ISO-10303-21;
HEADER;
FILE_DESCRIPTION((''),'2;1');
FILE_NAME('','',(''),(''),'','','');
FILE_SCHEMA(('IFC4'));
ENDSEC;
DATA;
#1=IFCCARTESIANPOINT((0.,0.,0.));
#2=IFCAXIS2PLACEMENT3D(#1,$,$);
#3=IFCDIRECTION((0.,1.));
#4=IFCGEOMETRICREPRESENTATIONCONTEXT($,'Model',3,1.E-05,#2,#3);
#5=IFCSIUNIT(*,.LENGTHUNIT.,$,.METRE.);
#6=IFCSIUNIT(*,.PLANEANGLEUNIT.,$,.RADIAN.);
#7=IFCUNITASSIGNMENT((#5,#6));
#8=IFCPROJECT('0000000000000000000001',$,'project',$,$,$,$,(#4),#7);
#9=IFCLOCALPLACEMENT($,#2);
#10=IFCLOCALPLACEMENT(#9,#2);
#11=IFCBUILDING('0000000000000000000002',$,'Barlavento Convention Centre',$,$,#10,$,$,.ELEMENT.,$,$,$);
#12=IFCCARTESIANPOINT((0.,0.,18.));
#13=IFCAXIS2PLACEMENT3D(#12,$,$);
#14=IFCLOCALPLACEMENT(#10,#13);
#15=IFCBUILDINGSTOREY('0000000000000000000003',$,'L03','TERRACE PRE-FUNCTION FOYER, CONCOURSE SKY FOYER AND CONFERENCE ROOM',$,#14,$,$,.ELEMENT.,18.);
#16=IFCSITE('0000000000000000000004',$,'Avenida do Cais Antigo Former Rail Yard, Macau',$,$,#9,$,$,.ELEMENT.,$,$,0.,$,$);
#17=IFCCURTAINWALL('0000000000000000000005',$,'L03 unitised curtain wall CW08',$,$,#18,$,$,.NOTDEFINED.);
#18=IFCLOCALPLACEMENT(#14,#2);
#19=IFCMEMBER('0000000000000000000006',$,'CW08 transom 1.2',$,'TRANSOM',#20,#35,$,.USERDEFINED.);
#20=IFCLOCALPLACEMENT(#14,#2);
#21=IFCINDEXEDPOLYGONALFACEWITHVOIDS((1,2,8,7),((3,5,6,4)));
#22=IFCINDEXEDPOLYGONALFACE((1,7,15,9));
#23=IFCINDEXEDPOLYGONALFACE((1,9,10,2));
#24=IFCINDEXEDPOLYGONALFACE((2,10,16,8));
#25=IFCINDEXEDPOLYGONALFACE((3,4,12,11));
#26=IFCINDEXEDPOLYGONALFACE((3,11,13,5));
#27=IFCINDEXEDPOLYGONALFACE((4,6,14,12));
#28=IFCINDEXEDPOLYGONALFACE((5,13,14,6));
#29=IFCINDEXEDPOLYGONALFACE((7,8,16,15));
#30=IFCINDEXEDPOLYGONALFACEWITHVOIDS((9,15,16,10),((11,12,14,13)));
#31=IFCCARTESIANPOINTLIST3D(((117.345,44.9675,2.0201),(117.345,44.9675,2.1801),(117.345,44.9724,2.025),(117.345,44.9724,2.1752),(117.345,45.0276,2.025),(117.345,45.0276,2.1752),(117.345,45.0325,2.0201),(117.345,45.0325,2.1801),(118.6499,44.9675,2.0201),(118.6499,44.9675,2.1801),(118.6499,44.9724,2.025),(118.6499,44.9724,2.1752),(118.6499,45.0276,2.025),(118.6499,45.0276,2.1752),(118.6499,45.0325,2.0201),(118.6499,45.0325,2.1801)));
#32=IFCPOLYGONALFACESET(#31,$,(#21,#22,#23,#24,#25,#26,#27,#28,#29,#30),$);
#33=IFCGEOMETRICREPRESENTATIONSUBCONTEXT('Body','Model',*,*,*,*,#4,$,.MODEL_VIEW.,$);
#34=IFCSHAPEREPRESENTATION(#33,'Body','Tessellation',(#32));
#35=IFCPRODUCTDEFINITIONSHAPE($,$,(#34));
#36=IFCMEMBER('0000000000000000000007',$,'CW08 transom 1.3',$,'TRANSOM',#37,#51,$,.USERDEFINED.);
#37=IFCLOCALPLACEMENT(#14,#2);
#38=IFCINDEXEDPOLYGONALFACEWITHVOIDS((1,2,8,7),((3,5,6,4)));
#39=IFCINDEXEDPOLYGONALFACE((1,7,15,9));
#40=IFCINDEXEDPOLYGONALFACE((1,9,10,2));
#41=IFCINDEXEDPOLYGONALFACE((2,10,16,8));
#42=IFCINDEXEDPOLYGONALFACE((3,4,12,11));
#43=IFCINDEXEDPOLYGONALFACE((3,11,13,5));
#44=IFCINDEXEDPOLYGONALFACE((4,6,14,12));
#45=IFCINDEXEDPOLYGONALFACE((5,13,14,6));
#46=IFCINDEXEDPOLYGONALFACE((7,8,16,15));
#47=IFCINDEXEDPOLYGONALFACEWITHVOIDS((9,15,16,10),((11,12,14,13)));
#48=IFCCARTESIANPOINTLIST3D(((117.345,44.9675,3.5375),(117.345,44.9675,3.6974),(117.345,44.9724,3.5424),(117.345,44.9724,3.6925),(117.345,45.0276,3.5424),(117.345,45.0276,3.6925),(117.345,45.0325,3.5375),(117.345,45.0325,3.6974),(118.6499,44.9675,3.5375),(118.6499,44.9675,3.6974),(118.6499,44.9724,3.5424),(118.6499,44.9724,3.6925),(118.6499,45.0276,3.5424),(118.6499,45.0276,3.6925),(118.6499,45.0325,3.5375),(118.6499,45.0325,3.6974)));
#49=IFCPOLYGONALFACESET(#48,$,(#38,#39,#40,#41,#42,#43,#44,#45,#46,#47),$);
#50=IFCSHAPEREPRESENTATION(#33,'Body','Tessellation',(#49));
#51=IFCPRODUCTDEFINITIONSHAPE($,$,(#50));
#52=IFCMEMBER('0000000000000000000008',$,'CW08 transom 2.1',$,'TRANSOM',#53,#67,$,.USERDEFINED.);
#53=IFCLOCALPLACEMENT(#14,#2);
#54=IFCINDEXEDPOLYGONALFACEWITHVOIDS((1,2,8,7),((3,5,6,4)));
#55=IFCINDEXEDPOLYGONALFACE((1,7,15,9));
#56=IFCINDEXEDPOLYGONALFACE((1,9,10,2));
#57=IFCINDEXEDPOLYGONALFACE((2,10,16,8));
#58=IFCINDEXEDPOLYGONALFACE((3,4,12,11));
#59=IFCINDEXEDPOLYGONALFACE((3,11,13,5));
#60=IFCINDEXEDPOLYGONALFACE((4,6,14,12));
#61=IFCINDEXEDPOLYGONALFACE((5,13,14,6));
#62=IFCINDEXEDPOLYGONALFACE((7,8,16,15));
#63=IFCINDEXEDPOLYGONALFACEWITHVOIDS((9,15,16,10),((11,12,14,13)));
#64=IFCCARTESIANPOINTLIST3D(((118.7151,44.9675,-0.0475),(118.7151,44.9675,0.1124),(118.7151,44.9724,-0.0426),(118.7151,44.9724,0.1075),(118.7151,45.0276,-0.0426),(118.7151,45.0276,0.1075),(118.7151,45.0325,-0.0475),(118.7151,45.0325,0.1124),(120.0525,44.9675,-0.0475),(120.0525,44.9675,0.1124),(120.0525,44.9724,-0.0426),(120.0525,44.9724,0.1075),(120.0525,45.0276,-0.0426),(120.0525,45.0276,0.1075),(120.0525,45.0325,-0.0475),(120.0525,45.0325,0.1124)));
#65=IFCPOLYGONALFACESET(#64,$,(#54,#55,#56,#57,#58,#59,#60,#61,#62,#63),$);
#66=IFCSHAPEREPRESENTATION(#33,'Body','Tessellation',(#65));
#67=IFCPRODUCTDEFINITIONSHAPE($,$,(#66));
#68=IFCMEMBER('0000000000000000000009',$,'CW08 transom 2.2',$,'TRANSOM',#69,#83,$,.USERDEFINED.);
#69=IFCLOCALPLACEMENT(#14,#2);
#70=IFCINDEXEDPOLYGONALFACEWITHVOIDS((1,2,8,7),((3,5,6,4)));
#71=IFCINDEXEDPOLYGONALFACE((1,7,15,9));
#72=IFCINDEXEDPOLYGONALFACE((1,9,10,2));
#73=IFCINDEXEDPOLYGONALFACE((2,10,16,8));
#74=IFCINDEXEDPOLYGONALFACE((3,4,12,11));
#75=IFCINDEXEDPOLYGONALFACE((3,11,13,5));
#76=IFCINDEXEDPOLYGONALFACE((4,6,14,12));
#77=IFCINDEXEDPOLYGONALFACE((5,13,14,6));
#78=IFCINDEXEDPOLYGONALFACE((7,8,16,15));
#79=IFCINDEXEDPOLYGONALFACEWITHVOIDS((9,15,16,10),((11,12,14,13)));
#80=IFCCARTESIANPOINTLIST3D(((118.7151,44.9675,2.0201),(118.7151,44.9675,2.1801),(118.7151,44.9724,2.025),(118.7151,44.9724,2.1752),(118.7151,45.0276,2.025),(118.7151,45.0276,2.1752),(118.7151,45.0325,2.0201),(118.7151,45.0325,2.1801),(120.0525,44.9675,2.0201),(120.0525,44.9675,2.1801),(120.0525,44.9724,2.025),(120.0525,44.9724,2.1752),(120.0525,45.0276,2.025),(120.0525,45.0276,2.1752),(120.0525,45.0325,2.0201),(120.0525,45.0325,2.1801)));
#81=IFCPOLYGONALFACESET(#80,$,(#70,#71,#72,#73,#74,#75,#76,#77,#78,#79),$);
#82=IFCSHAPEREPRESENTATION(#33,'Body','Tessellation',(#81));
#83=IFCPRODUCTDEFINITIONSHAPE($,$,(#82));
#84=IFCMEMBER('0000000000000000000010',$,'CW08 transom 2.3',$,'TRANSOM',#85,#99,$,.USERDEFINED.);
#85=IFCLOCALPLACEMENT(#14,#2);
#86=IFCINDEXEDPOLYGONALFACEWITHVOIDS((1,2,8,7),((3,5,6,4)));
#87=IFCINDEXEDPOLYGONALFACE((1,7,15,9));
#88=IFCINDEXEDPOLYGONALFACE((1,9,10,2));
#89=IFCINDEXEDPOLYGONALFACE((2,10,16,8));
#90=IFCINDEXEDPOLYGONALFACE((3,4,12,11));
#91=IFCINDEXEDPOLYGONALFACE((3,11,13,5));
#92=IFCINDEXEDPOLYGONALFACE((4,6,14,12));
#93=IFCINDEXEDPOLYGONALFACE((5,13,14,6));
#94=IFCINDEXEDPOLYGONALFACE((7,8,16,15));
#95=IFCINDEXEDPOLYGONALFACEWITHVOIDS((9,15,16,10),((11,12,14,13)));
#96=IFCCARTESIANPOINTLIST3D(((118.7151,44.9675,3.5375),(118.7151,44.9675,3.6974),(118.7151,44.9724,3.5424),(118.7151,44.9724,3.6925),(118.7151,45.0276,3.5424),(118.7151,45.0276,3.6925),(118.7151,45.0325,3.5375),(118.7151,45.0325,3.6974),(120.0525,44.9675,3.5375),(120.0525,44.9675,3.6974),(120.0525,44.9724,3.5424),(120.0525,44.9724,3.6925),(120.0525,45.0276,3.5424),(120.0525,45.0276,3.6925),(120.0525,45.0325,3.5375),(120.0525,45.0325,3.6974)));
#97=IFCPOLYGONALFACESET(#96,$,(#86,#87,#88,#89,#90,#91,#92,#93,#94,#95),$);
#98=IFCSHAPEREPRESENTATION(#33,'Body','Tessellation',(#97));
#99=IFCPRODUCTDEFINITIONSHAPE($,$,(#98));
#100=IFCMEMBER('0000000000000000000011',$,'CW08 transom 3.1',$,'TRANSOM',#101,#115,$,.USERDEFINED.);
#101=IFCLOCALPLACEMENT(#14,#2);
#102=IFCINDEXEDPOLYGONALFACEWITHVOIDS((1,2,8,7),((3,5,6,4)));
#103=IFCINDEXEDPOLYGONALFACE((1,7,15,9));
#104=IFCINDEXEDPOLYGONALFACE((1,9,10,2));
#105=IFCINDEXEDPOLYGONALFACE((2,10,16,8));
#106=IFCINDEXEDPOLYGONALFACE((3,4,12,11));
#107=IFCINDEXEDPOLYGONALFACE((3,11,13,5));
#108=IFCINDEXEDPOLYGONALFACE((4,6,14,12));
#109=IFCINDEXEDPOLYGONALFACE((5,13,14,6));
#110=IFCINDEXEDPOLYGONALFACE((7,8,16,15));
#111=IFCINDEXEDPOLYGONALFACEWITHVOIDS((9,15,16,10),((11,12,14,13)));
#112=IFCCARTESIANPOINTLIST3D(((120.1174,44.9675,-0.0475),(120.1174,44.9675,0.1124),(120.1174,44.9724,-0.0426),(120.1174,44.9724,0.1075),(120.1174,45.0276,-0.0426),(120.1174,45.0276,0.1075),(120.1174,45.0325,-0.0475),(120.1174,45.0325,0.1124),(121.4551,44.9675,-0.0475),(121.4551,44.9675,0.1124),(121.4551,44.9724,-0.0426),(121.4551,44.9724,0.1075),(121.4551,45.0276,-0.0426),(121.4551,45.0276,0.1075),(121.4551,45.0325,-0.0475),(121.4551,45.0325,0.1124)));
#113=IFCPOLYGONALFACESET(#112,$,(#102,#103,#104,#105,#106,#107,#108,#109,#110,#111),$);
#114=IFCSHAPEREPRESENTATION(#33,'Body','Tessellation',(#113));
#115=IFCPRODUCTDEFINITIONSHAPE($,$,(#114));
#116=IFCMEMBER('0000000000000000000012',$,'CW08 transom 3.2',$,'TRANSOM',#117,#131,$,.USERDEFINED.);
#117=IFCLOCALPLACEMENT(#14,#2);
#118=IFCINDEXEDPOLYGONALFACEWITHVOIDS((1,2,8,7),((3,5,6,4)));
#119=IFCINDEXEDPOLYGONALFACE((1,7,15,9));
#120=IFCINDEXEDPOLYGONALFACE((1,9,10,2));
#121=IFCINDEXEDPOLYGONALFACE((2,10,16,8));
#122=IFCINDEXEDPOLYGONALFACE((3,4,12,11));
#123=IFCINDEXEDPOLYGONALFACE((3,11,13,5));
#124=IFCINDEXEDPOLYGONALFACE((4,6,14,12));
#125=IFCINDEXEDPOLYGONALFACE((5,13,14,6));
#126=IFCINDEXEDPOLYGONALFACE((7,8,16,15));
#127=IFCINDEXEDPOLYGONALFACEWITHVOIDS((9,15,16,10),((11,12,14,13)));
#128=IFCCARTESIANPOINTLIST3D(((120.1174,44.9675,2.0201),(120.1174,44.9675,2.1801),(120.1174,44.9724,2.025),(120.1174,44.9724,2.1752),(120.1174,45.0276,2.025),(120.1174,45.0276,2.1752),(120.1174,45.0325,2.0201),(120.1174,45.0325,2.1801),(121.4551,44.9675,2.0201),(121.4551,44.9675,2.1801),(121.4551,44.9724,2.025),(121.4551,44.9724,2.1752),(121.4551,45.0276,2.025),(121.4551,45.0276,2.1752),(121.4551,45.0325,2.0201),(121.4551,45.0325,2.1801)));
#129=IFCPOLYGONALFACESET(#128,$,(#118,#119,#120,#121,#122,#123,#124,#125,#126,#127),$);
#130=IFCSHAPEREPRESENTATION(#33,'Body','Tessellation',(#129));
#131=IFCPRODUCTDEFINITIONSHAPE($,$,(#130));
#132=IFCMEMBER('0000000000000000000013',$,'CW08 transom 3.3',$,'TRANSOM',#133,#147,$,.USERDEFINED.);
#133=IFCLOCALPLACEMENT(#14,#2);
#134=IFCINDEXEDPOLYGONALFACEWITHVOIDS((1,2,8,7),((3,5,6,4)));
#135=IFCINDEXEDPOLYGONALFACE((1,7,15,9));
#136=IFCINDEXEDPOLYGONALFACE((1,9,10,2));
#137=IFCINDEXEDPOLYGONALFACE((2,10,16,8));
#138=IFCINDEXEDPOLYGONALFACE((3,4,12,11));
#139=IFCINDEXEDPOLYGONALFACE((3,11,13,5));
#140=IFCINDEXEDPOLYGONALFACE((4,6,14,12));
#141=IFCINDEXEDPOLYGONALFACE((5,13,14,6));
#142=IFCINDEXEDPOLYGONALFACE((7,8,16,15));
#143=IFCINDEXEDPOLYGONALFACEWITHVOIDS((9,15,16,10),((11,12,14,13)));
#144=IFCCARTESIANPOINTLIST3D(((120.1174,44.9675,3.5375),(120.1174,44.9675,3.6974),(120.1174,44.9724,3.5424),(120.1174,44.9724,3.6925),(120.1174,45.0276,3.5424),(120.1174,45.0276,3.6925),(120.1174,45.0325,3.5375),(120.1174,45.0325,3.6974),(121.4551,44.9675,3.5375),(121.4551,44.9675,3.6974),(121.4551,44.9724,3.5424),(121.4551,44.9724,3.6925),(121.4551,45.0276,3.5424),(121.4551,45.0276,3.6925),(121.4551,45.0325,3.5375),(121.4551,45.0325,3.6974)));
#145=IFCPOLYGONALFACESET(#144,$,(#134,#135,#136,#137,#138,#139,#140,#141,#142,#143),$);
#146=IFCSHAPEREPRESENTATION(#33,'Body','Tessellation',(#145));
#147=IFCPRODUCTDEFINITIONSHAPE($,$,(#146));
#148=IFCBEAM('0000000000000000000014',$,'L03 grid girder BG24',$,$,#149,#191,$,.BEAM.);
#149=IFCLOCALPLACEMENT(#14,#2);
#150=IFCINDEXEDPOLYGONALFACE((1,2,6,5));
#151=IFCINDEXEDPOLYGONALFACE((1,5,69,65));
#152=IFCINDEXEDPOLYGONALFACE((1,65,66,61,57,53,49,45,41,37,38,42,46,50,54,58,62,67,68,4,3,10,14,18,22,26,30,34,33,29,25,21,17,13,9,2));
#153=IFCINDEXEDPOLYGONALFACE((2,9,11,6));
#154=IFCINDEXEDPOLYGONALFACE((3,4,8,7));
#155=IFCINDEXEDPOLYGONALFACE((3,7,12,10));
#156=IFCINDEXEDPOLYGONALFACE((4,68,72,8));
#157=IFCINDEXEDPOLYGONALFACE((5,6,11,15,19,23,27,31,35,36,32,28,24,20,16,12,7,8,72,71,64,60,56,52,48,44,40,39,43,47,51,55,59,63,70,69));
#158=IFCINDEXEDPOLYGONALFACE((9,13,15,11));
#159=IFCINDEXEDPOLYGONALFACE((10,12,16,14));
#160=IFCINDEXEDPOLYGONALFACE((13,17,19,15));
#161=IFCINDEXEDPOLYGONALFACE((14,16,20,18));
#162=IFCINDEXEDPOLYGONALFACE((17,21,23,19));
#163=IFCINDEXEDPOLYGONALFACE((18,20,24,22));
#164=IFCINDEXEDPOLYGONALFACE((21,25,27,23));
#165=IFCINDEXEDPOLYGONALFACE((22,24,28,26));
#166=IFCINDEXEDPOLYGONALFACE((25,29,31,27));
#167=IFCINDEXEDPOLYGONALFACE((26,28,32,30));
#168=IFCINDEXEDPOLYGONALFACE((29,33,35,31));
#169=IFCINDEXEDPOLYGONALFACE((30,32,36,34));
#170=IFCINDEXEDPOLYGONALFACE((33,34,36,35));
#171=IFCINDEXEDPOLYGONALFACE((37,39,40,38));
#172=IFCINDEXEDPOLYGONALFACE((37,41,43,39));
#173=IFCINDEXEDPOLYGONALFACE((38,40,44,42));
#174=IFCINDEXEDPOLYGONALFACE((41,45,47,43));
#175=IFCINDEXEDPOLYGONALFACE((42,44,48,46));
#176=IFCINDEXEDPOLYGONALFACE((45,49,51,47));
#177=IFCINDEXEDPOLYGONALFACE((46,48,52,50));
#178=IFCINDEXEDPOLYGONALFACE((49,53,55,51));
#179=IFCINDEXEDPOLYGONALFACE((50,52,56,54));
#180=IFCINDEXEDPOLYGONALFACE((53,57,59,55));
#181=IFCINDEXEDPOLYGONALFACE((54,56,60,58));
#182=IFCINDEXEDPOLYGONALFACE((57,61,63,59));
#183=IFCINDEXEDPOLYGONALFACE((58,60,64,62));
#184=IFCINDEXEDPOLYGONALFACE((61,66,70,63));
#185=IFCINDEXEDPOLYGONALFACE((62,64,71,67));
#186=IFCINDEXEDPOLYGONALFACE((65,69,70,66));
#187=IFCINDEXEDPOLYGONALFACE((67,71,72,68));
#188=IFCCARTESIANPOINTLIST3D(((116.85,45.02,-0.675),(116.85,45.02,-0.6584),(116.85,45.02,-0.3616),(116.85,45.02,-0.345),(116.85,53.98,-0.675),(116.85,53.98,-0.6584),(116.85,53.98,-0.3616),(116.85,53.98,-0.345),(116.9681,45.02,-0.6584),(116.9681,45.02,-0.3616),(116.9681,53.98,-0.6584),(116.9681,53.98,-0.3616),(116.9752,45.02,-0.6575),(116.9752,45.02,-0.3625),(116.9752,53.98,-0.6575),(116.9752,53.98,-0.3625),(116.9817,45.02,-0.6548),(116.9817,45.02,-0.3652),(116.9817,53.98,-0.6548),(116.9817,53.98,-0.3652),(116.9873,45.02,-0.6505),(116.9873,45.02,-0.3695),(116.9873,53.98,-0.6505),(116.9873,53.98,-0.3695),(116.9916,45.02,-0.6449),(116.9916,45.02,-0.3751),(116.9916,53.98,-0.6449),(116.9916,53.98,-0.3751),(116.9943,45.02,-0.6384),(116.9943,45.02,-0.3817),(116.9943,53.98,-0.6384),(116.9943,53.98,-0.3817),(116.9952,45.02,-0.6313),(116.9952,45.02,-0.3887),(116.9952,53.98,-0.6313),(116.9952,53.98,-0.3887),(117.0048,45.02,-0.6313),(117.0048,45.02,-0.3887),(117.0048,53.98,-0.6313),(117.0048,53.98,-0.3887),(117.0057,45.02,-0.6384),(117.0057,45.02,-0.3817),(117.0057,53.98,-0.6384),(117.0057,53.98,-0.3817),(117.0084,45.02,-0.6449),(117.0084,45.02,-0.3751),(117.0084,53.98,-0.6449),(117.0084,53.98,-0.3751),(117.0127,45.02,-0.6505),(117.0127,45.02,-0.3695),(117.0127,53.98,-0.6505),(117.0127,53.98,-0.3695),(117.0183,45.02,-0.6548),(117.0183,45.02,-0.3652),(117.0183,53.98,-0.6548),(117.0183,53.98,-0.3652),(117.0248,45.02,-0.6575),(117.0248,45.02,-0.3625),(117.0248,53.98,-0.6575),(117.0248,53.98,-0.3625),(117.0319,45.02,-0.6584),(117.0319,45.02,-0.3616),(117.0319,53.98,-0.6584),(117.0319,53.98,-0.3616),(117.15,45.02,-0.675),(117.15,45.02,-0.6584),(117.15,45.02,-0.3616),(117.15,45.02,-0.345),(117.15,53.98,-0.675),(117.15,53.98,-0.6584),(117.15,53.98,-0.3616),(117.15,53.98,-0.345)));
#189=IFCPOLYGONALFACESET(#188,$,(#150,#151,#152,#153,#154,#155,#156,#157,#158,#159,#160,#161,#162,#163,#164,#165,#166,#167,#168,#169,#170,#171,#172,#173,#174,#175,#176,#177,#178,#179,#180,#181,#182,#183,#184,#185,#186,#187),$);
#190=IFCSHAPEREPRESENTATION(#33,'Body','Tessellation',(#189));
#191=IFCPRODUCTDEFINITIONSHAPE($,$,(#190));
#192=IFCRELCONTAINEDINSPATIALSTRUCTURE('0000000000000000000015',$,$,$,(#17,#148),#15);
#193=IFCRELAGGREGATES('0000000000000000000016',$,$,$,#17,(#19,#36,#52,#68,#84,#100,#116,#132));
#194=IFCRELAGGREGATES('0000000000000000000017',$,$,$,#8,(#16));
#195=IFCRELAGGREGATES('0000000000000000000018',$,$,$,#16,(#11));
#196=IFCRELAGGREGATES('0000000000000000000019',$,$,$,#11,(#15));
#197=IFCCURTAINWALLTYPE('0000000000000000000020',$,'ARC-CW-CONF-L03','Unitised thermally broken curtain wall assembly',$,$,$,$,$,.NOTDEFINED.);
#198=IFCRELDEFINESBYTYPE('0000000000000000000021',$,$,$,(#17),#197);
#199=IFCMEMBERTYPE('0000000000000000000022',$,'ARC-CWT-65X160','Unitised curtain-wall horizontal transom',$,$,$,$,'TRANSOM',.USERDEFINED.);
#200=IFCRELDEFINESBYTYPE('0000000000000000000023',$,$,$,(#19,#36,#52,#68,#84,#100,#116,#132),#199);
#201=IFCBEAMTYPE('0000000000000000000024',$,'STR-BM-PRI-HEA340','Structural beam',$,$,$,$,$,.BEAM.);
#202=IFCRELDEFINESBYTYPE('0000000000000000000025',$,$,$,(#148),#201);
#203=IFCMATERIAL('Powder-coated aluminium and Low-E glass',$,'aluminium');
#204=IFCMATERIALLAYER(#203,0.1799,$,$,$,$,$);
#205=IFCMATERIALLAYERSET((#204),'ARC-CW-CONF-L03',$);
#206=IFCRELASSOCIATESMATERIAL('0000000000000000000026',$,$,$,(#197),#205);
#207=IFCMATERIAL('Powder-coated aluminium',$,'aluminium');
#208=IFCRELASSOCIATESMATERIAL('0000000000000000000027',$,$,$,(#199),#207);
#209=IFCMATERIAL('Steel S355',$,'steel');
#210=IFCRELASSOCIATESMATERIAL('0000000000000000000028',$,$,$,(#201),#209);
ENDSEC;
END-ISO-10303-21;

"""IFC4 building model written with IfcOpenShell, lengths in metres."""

from ifc_helpers import new_model, si_unit, direction, frame, origin, origin_2d, place, context, subcontext, project, spatial, hollow_rectangle, i_section, extrude, material, layer, layer_set, material_profile, profile_set, type_object, element, aggregate, save


model = new_model("IFC4")

# Units and contexts
model_context = context("Model", 3, precision=1e-05, world=origin(), true_north=direction((0.0, 1.0)))
body_context = subcontext(model_context, "Body", "Model", "MODEL_VIEW")
ifc_project = project(units=[si_unit("LENGTHUNIT", "METRE"), si_unit("PLANEANGLEUNIT", "RADIAN")], contexts=[model_context])

# Site, building, storey
site_placement = place(None, origin())
site = spatial("IfcSite", under=ifc_project, at=site_placement, Name="Avenida do Cais Antigo Former Rail Yard, Macau", CompositionType="ELEMENT", RefElevation=0.0)
building_placement = place(site_placement, origin())
building = spatial("IfcBuilding", under=site, at=building_placement, Name="Barlavento Convention Centre", CompositionType="ELEMENT")
storey_placement = place(building_placement, frame((0.0, 0.0, 18.0)))
storey = spatial("IfcBuildingStorey", under=building, at=storey_placement, Name="L03", Description="TERRACE PRE-FUNCTION FOYER, CONCOURSE SKY FOYER AND CONFERENCE ROOM", CompositionType="ELEMENT", Elevation=18.0)

# Shared definitions
ifc_material_1 = material(Name="Steel S355", Category="steel")

# Shared definitions
ifc_material_2 = material(Name="Powder-coated aluminium and Low-E glass", Category="aluminium")
ifc_layer_1 = layer(ifc_material_2, 0.1799)
ifc_layer_set_1 = layer_set([ifc_layer_1], Name="ARC-CW-CONF-L03")
curtain_wall_type = type_object("IfcCurtainWallType", Name="ARC-CW-CONF-L03", Description="Unitised thermally broken curtain wall assembly", PredefinedType="NOTDEFINED", material=ifc_layer_set_1)
ifc_material_3 = material(Name="Powder-coated aluminium", Category="aluminium")

# Curtain wall
curtain_wall_1_placement = place(storey_placement, origin())
curtain_wall_1 = element("IfcCurtainWall", 1, at=curtain_wall_1_placement, inside=storey, type_object=curtain_wall_type, Name="L03 unitised curtain wall CW08", PredefinedType="NOTDEFINED")

# Members
ifc_material_profile_1 = material_profile(ifc_material_3, hollow_rectangle(XDim=0.0649, YDim=0.1599, WallThickness=0.0049, at=origin_2d()), Name="AL-TRAN 65x160x5")
ifc_profile_set_1 = profile_set([ifc_material_profile_1], Name="Powder-coated aluminium")
member_type_1 = type_object("IfcMemberType", Name="ARC-CWT-65X160", Description="Unitised curtain-wall horizontal transom", ElementType="TRANSOM", PredefinedType="USERDEFINED", material=ifc_profile_set_1)
member_1_placement = place(storey_placement, frame((117.345, 45.0, 2.1001), z_axis=(1.0, 0.0, 0.0), x_axis=(0.0, 1.0, 0.0)))
member_1 = element("IfcMember", 2, at=member_1_placement, type_object=member_type_1, Name="CW08 transom 1.2", ObjectType="TRANSOM", PredefinedType="USERDEFINED", context=body_context, shape_type="SweptSolid", body=[
    extrude(hollow_rectangle(XDim=0.0649, YDim=0.1599, WallThickness=0.0049, at=origin_2d()), origin(), (0.0, 0.0, 1.0), 1.3049),
])
member_2_placement = place(storey_placement, frame((117.345, 45.0, 3.6174), z_axis=(1.0, 0.0, 0.0), x_axis=(0.0, 1.0, 0.0)))
member_2 = element("IfcMember", 3, at=member_2_placement, type_object=member_type_1, Name="CW08 transom 1.3", ObjectType="TRANSOM", PredefinedType="USERDEFINED", context=body_context, shape_type="SweptSolid", body=[
    extrude(hollow_rectangle(XDim=0.0649, YDim=0.1599, WallThickness=0.0049, at=origin_2d()), origin(), (0.0, 0.0, 1.0), 1.3049),
])
member_3_placement = place(storey_placement, frame((118.7151, 45.0, 0.0325), z_axis=(1.0, 0.0, 0.0), x_axis=(0.0, 1.0, 0.0)))
member_3 = element("IfcMember", 4, at=member_3_placement, type_object=member_type_1, Name="CW08 transom 2.1", ObjectType="TRANSOM", PredefinedType="USERDEFINED", context=body_context, shape_type="SweptSolid", body=[
    extrude(hollow_rectangle(XDim=0.0649, YDim=0.1599, WallThickness=0.0049, at=origin_2d()), origin(), (0.0, 0.0, 1.0), 1.3374),
])
member_4_placement = place(storey_placement, frame((118.7151, 45.0, 2.1001), z_axis=(1.0, 0.0, 0.0), x_axis=(0.0, 1.0, 0.0)))
member_4 = element("IfcMember", 5, at=member_4_placement, type_object=member_type_1, Name="CW08 transom 2.2", ObjectType="TRANSOM", PredefinedType="USERDEFINED", context=body_context, shape_type="SweptSolid", body=[
    extrude(hollow_rectangle(XDim=0.0649, YDim=0.1599, WallThickness=0.0049, at=origin_2d()), origin(), (0.0, 0.0, 1.0), 1.3374),
])
member_5_placement = place(storey_placement, frame((118.7151, 45.0, 3.6174), z_axis=(1.0, 0.0, 0.0), x_axis=(0.0, 1.0, 0.0)))
member_5 = element("IfcMember", 6, at=member_5_placement, type_object=member_type_1, Name="CW08 transom 2.3", ObjectType="TRANSOM", PredefinedType="USERDEFINED", context=body_context, shape_type="SweptSolid", body=[
    extrude(hollow_rectangle(XDim=0.0649, YDim=0.1599, WallThickness=0.0049, at=origin_2d()), origin(), (0.0, 0.0, 1.0), 1.3374),
])
member_6_placement = place(storey_placement, frame((120.1174, 45.0, 0.0325), z_axis=(1.0, 0.0, 0.0), x_axis=(0.0, 1.0, 0.0)))
member_6 = element("IfcMember", 7, at=member_6_placement, type_object=member_type_1, Name="CW08 transom 3.1", ObjectType="TRANSOM", PredefinedType="USERDEFINED", context=body_context, shape_type="SweptSolid", body=[
    extrude(hollow_rectangle(XDim=0.0649, YDim=0.1599, WallThickness=0.0049, at=origin_2d()), origin(), (0.0, 0.0, 1.0), 1.3376),
])
member_7_placement = place(storey_placement, frame((120.1174, 45.0, 2.1001), z_axis=(1.0, 0.0, 0.0), x_axis=(0.0, 1.0, 0.0)))
member_7 = element("IfcMember", 8, at=member_7_placement, type_object=member_type_1, Name="CW08 transom 3.2", ObjectType="TRANSOM", PredefinedType="USERDEFINED", context=body_context, shape_type="SweptSolid", body=[
    extrude(hollow_rectangle(XDim=0.0649, YDim=0.1599, WallThickness=0.0049, at=origin_2d()), origin(), (0.0, 0.0, 1.0), 1.3376),
])
member_8_placement = place(storey_placement, frame((120.1174, 45.0, 3.6174), z_axis=(1.0, 0.0, 0.0), x_axis=(0.0, 1.0, 0.0)))
member_8 = element("IfcMember", 9, at=member_8_placement, type_object=member_type_1, Name="CW08 transom 3.3", ObjectType="TRANSOM", PredefinedType="USERDEFINED", context=body_context, shape_type="SweptSolid", body=[
    extrude(hollow_rectangle(XDim=0.0649, YDim=0.1599, WallThickness=0.0049, at=origin_2d()), origin(), (0.0, 0.0, 1.0), 1.3376),
])

# Beam
ifc_material_profile_2 = material_profile(ifc_material_1, i_section(OverallWidth=0.3, OverallDepth=0.3301, WebThickness=0.0095, FlangeThickness=0.0166, FilletRadius=0.0271, at=origin_2d()), Name="HEA 340")
ifc_profile_set_2 = profile_set([ifc_material_profile_2], Name="Steel S355")
beam_type_1 = type_object("IfcBeamType", Name="STR-BM-PRI-HEA340", Description="Structural beam", PredefinedType="BEAM", material=ifc_profile_set_2)
beam_1_placement = place(storey_placement, frame((117.0, 45.02, -0.51), z_axis=(0.0, 1.0, 0.0), x_axis=(-1.0, 0.0, 0.0)))
element("IfcBeam", 10, at=beam_1_placement, inside=storey, type_object=beam_type_1, Name="L03 grid girder BG24", PredefinedType="BEAM", context=body_context, shape_type="SweptSolid", body=[
    extrude(i_section(OverallWidth=0.3, OverallDepth=0.3301, WebThickness=0.0095, FlangeThickness=0.0166, FilletRadius=0.0271, at=origin_2d()), origin(), (0.0, 0.0, 1.0), 8.96),
])

aggregate(curtain_wall_1, [member_1, member_2, member_3, member_4, member_5, member_6, member_7, member_8])

save(model, "model.ifc")
